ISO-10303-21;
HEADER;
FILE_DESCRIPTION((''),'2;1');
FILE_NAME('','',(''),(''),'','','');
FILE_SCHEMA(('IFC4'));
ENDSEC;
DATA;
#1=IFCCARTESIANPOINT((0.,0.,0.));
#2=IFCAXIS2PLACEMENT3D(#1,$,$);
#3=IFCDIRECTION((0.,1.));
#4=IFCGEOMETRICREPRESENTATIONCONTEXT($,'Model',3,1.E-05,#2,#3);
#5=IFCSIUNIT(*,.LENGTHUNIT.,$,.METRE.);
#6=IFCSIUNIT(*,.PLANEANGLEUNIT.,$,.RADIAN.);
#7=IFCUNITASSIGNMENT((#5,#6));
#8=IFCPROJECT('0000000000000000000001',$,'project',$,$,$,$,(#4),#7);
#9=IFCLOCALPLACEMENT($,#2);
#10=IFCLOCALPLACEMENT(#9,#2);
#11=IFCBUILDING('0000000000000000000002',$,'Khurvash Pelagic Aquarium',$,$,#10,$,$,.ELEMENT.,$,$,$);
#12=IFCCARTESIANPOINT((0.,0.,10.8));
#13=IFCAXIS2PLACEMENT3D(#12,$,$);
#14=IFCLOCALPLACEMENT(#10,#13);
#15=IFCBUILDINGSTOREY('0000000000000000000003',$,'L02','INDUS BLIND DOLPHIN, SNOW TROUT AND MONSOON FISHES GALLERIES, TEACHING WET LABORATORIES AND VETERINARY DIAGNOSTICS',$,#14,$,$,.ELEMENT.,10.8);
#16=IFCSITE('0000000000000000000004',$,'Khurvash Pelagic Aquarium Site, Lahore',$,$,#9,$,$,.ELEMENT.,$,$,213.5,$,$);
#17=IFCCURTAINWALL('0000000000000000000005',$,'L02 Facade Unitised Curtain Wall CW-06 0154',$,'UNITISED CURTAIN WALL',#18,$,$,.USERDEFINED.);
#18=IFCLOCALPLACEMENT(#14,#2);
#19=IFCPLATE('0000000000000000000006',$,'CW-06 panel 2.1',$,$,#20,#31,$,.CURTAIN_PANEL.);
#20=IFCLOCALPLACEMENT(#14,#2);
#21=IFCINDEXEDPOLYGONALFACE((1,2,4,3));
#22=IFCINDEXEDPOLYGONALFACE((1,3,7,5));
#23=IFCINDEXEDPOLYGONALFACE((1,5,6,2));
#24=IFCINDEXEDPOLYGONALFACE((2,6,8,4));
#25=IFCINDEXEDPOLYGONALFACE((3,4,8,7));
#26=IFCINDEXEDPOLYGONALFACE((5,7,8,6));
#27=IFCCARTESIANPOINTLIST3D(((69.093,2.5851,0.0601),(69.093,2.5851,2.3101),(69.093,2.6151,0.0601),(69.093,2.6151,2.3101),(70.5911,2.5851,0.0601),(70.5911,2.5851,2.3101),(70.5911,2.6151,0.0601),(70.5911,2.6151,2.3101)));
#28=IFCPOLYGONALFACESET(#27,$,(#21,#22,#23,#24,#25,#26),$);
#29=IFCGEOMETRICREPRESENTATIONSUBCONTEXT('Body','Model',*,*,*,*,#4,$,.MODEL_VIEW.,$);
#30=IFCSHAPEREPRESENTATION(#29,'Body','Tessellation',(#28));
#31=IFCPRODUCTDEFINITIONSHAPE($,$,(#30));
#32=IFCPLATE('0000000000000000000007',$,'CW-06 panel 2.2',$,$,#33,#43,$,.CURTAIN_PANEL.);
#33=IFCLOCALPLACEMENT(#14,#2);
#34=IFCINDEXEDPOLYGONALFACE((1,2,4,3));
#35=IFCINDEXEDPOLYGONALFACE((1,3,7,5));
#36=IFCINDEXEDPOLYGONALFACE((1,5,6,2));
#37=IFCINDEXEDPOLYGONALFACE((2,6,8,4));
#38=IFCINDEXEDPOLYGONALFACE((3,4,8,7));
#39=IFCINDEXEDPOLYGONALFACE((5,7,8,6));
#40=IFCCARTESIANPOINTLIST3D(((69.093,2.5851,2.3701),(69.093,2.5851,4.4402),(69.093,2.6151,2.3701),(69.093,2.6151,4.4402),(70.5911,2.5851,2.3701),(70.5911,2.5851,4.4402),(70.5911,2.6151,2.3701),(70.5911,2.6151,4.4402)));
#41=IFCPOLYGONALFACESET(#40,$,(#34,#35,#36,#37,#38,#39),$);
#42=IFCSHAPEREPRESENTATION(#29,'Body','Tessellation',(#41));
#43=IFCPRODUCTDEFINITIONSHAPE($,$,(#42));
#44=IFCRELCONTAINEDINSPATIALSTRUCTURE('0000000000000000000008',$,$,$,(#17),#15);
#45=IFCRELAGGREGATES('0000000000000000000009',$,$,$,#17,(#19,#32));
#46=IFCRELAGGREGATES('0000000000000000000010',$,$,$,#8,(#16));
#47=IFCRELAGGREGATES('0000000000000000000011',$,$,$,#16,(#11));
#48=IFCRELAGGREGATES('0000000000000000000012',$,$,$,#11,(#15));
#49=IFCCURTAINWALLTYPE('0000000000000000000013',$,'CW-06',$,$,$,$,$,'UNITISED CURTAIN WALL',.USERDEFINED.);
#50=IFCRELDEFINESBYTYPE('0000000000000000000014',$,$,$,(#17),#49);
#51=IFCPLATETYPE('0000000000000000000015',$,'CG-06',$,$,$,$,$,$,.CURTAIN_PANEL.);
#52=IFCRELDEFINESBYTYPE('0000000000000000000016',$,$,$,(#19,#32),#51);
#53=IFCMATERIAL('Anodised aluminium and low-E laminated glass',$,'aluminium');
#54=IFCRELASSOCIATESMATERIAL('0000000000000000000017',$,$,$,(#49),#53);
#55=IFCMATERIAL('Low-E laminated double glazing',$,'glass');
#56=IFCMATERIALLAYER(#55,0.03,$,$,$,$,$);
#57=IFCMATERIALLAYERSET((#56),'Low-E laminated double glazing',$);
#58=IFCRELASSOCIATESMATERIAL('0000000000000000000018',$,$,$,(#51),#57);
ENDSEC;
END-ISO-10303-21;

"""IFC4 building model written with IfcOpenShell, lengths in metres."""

from ifc_helpers import new_model, si_unit, direction, frame, origin, origin_2d, place, context, subcontext, project, spatial, rectangle, extrude, material, layer, layer_set, type_object, element, aggregate, save


model = new_model("IFC4")

# Units and contexts
model_context = context("Model", 3, precision=1e-05, world=origin(), true_north=direction((0.0, 1.0)))
body_context = subcontext(model_context, "Body", "Model", "MODEL_VIEW")
ifc_project = project(units=[si_unit("LENGTHUNIT", "METRE"), si_unit("PLANEANGLEUNIT", "RADIAN")], contexts=[model_context])

# Site, building, storey
site_placement = place(None, origin())
site = spatial("IfcSite", under=ifc_project, at=site_placement, Name="Khurvash Pelagic Aquarium Site, Lahore", CompositionType="ELEMENT", RefElevation=213.5)
building_placement = place(site_placement, origin())
building = spatial("IfcBuilding", under=site, at=building_placement, Name="Khurvash Pelagic Aquarium", CompositionType="ELEMENT")
storey_placement = place(building_placement, frame((0.0, 0.0, 10.8)))
storey = spatial("IfcBuildingStorey", under=building, at=storey_placement, Name="L02", Description="INDUS BLIND DOLPHIN, SNOW TROUT AND MONSOON FISHES GALLERIES, TEACHING WET LABORATORIES AND VETERINARY DIAGNOSTICS", CompositionType="ELEMENT", Elevation=10.8)

# Curtain wall
ifc_material_1 = material(Name="Anodised aluminium and low-E laminated glass", Category="aluminium")
curtain_wall_type = type_object("IfcCurtainWallType", Name="CW-06", ElementType="UNITISED CURTAIN WALL", PredefinedType="USERDEFINED", material=ifc_material_1)
curtain_wall_1_placement = place(storey_placement, origin())
curtain_wall_1 = element("IfcCurtainWall", 1, at=curtain_wall_1_placement, inside=storey, type_object=curtain_wall_type, Name="L02 Facade Unitised Curtain Wall CW-06 0154", ObjectType="UNITISED CURTAIN WALL", PredefinedType="USERDEFINED")

# Plates
ifc_material_2 = material(Name="Low-E laminated double glazing", Category="glass")
ifc_layer = layer(ifc_material_2, 0.03)
ifc_layer_set = layer_set([ifc_layer], Name="Low-E laminated double glazing")
plate_type = type_object("IfcPlateType", Name="CG-06", PredefinedType="CURTAIN_PANEL", material=ifc_layer_set)
plate_1_placement = place(storey_placement, frame((69.842, 2.6001, 0.0601), z_axis=(0.0, 0.0, 1.0), x_axis=(1.0, 0.0, 0.0)))
plate_1 = element("IfcPlate", 2, at=plate_1_placement, type_object=plate_type, Name="CW-06 panel 2.1", PredefinedType="CURTAIN_PANEL", context=body_context, shape_type="SweptSolid", body=[
    extrude(rectangle(XDim=1.498, YDim=0.03, at=origin_2d()), origin(), (0.0, 0.0, 1.0), 2.25),
])
plate_2_placement = place(storey_placement, frame((69.842, 2.6001, 2.3701), z_axis=(0.0, 0.0, 1.0), x_axis=(1.0, 0.0, 0.0)))
plate_2 = element("IfcPlate", 3, at=plate_2_placement, type_object=plate_type, Name="CW-06 panel 2.2", PredefinedType="CURTAIN_PANEL", context=body_context, shape_type="SweptSolid", body=[
    extrude(rectangle(XDim=1.498, YDim=0.03, at=origin_2d()), origin(), (0.0, 0.0, 1.0), 2.0701),
])
aggregate(curtain_wall_1, [plate_1, plate_2])

save(model, "model.ifc")
